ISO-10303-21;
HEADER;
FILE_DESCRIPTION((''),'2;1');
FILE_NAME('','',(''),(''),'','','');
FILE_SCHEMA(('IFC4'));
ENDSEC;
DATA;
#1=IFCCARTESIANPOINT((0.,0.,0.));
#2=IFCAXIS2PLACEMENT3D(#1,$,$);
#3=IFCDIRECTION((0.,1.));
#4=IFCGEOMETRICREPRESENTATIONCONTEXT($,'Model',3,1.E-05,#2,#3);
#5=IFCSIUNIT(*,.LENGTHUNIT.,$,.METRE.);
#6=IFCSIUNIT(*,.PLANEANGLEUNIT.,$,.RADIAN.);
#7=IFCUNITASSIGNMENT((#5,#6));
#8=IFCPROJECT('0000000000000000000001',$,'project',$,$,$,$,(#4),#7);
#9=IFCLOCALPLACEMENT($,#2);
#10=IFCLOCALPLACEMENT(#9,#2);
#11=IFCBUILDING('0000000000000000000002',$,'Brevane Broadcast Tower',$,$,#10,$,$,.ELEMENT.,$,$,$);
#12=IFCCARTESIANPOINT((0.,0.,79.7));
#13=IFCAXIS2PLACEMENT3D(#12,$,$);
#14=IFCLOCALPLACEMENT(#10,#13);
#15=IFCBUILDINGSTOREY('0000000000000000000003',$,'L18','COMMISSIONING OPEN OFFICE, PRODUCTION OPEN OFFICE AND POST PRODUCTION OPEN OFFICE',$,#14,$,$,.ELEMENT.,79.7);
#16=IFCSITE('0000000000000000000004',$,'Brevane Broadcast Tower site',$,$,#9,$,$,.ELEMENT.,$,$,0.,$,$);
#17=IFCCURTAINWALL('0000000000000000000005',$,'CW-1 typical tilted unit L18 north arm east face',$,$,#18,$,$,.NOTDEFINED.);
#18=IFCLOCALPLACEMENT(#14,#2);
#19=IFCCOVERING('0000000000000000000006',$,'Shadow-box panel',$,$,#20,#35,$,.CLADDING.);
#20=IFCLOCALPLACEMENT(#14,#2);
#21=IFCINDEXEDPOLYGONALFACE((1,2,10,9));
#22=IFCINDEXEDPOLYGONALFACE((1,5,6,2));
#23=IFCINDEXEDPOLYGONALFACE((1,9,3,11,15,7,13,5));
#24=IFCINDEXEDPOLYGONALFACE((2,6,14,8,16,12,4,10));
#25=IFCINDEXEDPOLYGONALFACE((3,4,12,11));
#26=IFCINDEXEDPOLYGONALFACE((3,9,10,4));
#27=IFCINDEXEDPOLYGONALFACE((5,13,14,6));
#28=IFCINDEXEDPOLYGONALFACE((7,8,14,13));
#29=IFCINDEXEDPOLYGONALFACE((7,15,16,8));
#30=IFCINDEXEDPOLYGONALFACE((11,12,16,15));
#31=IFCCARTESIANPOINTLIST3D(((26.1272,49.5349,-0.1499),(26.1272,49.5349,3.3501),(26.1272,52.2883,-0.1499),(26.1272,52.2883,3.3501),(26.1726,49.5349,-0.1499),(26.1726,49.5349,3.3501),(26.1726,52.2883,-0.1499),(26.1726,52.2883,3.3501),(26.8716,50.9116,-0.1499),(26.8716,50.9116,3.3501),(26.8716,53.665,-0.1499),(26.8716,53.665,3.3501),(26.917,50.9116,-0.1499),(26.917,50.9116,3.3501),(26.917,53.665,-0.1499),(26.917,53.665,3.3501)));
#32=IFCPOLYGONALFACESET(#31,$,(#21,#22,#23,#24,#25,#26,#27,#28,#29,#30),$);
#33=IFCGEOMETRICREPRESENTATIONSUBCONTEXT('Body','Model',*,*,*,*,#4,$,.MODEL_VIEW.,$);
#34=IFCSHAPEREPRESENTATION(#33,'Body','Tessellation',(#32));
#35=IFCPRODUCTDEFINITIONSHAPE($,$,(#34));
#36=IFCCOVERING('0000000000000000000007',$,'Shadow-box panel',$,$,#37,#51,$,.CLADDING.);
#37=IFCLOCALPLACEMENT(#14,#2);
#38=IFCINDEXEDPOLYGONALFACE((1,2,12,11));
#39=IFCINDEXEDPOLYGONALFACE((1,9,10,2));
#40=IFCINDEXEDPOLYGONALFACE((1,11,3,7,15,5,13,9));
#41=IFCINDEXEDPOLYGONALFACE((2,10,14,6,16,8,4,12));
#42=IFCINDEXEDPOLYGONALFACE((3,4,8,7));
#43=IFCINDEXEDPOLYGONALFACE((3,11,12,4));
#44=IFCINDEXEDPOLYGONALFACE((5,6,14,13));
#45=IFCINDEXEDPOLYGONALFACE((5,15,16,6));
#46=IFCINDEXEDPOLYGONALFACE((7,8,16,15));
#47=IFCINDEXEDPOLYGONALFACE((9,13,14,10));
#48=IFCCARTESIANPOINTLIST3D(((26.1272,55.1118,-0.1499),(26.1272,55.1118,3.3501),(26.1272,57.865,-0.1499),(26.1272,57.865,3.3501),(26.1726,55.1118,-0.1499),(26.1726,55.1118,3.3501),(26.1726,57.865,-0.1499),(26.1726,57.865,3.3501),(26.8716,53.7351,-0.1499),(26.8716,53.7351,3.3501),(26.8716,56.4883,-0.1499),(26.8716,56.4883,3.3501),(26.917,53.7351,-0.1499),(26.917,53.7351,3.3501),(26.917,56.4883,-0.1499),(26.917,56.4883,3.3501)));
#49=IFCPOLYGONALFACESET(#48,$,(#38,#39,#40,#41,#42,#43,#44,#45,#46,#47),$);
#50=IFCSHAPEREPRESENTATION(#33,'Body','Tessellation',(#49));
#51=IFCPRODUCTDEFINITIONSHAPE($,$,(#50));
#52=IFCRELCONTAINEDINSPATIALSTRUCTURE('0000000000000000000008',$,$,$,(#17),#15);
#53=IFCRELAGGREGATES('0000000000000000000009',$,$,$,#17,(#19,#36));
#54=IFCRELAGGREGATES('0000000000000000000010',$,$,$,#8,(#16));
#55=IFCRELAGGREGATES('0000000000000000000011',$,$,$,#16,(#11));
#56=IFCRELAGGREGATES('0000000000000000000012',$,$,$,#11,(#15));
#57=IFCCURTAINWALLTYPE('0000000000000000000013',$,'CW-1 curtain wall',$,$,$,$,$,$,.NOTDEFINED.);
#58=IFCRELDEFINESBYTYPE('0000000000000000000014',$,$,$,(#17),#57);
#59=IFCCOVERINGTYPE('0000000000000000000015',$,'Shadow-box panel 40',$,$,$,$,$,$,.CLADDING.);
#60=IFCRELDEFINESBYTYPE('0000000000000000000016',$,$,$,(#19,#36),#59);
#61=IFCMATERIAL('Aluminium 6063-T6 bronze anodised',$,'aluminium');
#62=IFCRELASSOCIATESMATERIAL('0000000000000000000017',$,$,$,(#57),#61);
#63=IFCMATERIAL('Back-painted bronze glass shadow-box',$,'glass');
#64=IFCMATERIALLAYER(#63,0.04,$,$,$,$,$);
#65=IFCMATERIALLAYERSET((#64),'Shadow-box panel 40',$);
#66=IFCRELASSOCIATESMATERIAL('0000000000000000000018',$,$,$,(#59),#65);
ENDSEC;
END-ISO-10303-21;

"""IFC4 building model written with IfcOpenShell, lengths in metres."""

from ifc_helpers import new_model, si_unit, direction, frame, origin, place, context, subcontext, project, spatial, polyline, outline, extrude, material, layer, layer_set, type_object, element, aggregate, save


model = new_model("IFC4")

# Units and contexts
model_context = context("Model", 3, precision=1e-05, world=origin(), true_north=direction((0.0, 1.0)))
body_context = subcontext(model_context, "Body", "Model", "MODEL_VIEW")
ifc_project = project(units=[si_unit("LENGTHUNIT", "METRE"), si_unit("PLANEANGLEUNIT", "RADIAN")], contexts=[model_context])

# Site, building, storey
site_placement = place(None, origin())
site = spatial("IfcSite", under=ifc_project, at=site_placement, Name="Brevane Broadcast Tower site", CompositionType="ELEMENT", RefElevation=0.0)
building_placement = place(site_placement, origin())
building = spatial("IfcBuilding", under=site, at=building_placement, Name="Brevane Broadcast Tower", CompositionType="ELEMENT")
storey_placement = place(building_placement, frame((0.0, 0.0, 79.7)))
storey = spatial("IfcBuildingStorey", under=building, at=storey_placement, Name="L18", Description="COMMISSIONING OPEN OFFICE, PRODUCTION OPEN OFFICE AND POST PRODUCTION OPEN OFFICE", CompositionType="ELEMENT", Elevation=79.7)

# Shared definitions
ifc_material_1 = material(Name="Aluminium 6063-T6 bronze anodised", Category="aluminium")
curtain_wall_type = type_object("IfcCurtainWallType", Name="CW-1 curtain wall", PredefinedType="NOTDEFINED", material=ifc_material_1)

# Curtain wall
curtain_wall_1_placement = place(storey_placement, origin())
curtain_wall_1 = element("IfcCurtainWall", 1, at=curtain_wall_1_placement, inside=storey, type_object=curtain_wall_type, Name="CW-1 typical tilted unit L18 north arm east face", PredefinedType="NOTDEFINED")

# Coverings
ifc_material_2 = material(Name="Back-painted bronze glass shadow-box", Category="glass")
ifc_layer_1 = layer(ifc_material_2, 0.04)
ifc_layer_set_1 = layer_set([ifc_layer_1], Name="Shadow-box panel 40")
covering_type = type_object("IfcCoveringType", Name="Shadow-box panel 40", PredefinedType="CLADDING", material=ifc_layer_set_1)
covering_1_placement = place(storey_placement, frame((0.0, 0.0, -0.1499)))
covering_1 = element("IfcCovering", 2, at=covering_1_placement, type_object=covering_type, Name="Shadow-box panel", PredefinedType="CLADDING", context=body_context, shape_type="SweptSolid", body=[
    extrude(outline(polyline([(26.1272, 49.5349), (26.1726, 49.5349), (26.917, 50.9116), (26.1726, 52.2883), (26.917, 53.665), (26.8716, 53.665), (26.1272, 52.2883), (26.8716, 50.9116), (26.1272, 49.5349)])), origin(), (0.0, 0.0, 1.0), 3.5),
])
covering_2_placement = place(storey_placement, frame((0.0, 0.0, -0.1499)))
covering_2 = element("IfcCovering", 3, at=covering_2_placement, type_object=covering_type, Name="Shadow-box panel", PredefinedType="CLADDING", context=body_context, shape_type="SweptSolid", body=[
    extrude(outline(polyline([(26.8716, 53.7351), (26.917, 53.7351), (26.1726, 55.1118), (26.917, 56.4883), (26.1726, 57.865), (26.1272, 57.865), (26.8716, 56.4883), (26.1272, 55.1118), (26.8716, 53.7351)])), origin(), (0.0, 0.0, 1.0), 3.5),
])
aggregate(curtain_wall_1, [covering_1, covering_2])

save(model, "model.ifc")
